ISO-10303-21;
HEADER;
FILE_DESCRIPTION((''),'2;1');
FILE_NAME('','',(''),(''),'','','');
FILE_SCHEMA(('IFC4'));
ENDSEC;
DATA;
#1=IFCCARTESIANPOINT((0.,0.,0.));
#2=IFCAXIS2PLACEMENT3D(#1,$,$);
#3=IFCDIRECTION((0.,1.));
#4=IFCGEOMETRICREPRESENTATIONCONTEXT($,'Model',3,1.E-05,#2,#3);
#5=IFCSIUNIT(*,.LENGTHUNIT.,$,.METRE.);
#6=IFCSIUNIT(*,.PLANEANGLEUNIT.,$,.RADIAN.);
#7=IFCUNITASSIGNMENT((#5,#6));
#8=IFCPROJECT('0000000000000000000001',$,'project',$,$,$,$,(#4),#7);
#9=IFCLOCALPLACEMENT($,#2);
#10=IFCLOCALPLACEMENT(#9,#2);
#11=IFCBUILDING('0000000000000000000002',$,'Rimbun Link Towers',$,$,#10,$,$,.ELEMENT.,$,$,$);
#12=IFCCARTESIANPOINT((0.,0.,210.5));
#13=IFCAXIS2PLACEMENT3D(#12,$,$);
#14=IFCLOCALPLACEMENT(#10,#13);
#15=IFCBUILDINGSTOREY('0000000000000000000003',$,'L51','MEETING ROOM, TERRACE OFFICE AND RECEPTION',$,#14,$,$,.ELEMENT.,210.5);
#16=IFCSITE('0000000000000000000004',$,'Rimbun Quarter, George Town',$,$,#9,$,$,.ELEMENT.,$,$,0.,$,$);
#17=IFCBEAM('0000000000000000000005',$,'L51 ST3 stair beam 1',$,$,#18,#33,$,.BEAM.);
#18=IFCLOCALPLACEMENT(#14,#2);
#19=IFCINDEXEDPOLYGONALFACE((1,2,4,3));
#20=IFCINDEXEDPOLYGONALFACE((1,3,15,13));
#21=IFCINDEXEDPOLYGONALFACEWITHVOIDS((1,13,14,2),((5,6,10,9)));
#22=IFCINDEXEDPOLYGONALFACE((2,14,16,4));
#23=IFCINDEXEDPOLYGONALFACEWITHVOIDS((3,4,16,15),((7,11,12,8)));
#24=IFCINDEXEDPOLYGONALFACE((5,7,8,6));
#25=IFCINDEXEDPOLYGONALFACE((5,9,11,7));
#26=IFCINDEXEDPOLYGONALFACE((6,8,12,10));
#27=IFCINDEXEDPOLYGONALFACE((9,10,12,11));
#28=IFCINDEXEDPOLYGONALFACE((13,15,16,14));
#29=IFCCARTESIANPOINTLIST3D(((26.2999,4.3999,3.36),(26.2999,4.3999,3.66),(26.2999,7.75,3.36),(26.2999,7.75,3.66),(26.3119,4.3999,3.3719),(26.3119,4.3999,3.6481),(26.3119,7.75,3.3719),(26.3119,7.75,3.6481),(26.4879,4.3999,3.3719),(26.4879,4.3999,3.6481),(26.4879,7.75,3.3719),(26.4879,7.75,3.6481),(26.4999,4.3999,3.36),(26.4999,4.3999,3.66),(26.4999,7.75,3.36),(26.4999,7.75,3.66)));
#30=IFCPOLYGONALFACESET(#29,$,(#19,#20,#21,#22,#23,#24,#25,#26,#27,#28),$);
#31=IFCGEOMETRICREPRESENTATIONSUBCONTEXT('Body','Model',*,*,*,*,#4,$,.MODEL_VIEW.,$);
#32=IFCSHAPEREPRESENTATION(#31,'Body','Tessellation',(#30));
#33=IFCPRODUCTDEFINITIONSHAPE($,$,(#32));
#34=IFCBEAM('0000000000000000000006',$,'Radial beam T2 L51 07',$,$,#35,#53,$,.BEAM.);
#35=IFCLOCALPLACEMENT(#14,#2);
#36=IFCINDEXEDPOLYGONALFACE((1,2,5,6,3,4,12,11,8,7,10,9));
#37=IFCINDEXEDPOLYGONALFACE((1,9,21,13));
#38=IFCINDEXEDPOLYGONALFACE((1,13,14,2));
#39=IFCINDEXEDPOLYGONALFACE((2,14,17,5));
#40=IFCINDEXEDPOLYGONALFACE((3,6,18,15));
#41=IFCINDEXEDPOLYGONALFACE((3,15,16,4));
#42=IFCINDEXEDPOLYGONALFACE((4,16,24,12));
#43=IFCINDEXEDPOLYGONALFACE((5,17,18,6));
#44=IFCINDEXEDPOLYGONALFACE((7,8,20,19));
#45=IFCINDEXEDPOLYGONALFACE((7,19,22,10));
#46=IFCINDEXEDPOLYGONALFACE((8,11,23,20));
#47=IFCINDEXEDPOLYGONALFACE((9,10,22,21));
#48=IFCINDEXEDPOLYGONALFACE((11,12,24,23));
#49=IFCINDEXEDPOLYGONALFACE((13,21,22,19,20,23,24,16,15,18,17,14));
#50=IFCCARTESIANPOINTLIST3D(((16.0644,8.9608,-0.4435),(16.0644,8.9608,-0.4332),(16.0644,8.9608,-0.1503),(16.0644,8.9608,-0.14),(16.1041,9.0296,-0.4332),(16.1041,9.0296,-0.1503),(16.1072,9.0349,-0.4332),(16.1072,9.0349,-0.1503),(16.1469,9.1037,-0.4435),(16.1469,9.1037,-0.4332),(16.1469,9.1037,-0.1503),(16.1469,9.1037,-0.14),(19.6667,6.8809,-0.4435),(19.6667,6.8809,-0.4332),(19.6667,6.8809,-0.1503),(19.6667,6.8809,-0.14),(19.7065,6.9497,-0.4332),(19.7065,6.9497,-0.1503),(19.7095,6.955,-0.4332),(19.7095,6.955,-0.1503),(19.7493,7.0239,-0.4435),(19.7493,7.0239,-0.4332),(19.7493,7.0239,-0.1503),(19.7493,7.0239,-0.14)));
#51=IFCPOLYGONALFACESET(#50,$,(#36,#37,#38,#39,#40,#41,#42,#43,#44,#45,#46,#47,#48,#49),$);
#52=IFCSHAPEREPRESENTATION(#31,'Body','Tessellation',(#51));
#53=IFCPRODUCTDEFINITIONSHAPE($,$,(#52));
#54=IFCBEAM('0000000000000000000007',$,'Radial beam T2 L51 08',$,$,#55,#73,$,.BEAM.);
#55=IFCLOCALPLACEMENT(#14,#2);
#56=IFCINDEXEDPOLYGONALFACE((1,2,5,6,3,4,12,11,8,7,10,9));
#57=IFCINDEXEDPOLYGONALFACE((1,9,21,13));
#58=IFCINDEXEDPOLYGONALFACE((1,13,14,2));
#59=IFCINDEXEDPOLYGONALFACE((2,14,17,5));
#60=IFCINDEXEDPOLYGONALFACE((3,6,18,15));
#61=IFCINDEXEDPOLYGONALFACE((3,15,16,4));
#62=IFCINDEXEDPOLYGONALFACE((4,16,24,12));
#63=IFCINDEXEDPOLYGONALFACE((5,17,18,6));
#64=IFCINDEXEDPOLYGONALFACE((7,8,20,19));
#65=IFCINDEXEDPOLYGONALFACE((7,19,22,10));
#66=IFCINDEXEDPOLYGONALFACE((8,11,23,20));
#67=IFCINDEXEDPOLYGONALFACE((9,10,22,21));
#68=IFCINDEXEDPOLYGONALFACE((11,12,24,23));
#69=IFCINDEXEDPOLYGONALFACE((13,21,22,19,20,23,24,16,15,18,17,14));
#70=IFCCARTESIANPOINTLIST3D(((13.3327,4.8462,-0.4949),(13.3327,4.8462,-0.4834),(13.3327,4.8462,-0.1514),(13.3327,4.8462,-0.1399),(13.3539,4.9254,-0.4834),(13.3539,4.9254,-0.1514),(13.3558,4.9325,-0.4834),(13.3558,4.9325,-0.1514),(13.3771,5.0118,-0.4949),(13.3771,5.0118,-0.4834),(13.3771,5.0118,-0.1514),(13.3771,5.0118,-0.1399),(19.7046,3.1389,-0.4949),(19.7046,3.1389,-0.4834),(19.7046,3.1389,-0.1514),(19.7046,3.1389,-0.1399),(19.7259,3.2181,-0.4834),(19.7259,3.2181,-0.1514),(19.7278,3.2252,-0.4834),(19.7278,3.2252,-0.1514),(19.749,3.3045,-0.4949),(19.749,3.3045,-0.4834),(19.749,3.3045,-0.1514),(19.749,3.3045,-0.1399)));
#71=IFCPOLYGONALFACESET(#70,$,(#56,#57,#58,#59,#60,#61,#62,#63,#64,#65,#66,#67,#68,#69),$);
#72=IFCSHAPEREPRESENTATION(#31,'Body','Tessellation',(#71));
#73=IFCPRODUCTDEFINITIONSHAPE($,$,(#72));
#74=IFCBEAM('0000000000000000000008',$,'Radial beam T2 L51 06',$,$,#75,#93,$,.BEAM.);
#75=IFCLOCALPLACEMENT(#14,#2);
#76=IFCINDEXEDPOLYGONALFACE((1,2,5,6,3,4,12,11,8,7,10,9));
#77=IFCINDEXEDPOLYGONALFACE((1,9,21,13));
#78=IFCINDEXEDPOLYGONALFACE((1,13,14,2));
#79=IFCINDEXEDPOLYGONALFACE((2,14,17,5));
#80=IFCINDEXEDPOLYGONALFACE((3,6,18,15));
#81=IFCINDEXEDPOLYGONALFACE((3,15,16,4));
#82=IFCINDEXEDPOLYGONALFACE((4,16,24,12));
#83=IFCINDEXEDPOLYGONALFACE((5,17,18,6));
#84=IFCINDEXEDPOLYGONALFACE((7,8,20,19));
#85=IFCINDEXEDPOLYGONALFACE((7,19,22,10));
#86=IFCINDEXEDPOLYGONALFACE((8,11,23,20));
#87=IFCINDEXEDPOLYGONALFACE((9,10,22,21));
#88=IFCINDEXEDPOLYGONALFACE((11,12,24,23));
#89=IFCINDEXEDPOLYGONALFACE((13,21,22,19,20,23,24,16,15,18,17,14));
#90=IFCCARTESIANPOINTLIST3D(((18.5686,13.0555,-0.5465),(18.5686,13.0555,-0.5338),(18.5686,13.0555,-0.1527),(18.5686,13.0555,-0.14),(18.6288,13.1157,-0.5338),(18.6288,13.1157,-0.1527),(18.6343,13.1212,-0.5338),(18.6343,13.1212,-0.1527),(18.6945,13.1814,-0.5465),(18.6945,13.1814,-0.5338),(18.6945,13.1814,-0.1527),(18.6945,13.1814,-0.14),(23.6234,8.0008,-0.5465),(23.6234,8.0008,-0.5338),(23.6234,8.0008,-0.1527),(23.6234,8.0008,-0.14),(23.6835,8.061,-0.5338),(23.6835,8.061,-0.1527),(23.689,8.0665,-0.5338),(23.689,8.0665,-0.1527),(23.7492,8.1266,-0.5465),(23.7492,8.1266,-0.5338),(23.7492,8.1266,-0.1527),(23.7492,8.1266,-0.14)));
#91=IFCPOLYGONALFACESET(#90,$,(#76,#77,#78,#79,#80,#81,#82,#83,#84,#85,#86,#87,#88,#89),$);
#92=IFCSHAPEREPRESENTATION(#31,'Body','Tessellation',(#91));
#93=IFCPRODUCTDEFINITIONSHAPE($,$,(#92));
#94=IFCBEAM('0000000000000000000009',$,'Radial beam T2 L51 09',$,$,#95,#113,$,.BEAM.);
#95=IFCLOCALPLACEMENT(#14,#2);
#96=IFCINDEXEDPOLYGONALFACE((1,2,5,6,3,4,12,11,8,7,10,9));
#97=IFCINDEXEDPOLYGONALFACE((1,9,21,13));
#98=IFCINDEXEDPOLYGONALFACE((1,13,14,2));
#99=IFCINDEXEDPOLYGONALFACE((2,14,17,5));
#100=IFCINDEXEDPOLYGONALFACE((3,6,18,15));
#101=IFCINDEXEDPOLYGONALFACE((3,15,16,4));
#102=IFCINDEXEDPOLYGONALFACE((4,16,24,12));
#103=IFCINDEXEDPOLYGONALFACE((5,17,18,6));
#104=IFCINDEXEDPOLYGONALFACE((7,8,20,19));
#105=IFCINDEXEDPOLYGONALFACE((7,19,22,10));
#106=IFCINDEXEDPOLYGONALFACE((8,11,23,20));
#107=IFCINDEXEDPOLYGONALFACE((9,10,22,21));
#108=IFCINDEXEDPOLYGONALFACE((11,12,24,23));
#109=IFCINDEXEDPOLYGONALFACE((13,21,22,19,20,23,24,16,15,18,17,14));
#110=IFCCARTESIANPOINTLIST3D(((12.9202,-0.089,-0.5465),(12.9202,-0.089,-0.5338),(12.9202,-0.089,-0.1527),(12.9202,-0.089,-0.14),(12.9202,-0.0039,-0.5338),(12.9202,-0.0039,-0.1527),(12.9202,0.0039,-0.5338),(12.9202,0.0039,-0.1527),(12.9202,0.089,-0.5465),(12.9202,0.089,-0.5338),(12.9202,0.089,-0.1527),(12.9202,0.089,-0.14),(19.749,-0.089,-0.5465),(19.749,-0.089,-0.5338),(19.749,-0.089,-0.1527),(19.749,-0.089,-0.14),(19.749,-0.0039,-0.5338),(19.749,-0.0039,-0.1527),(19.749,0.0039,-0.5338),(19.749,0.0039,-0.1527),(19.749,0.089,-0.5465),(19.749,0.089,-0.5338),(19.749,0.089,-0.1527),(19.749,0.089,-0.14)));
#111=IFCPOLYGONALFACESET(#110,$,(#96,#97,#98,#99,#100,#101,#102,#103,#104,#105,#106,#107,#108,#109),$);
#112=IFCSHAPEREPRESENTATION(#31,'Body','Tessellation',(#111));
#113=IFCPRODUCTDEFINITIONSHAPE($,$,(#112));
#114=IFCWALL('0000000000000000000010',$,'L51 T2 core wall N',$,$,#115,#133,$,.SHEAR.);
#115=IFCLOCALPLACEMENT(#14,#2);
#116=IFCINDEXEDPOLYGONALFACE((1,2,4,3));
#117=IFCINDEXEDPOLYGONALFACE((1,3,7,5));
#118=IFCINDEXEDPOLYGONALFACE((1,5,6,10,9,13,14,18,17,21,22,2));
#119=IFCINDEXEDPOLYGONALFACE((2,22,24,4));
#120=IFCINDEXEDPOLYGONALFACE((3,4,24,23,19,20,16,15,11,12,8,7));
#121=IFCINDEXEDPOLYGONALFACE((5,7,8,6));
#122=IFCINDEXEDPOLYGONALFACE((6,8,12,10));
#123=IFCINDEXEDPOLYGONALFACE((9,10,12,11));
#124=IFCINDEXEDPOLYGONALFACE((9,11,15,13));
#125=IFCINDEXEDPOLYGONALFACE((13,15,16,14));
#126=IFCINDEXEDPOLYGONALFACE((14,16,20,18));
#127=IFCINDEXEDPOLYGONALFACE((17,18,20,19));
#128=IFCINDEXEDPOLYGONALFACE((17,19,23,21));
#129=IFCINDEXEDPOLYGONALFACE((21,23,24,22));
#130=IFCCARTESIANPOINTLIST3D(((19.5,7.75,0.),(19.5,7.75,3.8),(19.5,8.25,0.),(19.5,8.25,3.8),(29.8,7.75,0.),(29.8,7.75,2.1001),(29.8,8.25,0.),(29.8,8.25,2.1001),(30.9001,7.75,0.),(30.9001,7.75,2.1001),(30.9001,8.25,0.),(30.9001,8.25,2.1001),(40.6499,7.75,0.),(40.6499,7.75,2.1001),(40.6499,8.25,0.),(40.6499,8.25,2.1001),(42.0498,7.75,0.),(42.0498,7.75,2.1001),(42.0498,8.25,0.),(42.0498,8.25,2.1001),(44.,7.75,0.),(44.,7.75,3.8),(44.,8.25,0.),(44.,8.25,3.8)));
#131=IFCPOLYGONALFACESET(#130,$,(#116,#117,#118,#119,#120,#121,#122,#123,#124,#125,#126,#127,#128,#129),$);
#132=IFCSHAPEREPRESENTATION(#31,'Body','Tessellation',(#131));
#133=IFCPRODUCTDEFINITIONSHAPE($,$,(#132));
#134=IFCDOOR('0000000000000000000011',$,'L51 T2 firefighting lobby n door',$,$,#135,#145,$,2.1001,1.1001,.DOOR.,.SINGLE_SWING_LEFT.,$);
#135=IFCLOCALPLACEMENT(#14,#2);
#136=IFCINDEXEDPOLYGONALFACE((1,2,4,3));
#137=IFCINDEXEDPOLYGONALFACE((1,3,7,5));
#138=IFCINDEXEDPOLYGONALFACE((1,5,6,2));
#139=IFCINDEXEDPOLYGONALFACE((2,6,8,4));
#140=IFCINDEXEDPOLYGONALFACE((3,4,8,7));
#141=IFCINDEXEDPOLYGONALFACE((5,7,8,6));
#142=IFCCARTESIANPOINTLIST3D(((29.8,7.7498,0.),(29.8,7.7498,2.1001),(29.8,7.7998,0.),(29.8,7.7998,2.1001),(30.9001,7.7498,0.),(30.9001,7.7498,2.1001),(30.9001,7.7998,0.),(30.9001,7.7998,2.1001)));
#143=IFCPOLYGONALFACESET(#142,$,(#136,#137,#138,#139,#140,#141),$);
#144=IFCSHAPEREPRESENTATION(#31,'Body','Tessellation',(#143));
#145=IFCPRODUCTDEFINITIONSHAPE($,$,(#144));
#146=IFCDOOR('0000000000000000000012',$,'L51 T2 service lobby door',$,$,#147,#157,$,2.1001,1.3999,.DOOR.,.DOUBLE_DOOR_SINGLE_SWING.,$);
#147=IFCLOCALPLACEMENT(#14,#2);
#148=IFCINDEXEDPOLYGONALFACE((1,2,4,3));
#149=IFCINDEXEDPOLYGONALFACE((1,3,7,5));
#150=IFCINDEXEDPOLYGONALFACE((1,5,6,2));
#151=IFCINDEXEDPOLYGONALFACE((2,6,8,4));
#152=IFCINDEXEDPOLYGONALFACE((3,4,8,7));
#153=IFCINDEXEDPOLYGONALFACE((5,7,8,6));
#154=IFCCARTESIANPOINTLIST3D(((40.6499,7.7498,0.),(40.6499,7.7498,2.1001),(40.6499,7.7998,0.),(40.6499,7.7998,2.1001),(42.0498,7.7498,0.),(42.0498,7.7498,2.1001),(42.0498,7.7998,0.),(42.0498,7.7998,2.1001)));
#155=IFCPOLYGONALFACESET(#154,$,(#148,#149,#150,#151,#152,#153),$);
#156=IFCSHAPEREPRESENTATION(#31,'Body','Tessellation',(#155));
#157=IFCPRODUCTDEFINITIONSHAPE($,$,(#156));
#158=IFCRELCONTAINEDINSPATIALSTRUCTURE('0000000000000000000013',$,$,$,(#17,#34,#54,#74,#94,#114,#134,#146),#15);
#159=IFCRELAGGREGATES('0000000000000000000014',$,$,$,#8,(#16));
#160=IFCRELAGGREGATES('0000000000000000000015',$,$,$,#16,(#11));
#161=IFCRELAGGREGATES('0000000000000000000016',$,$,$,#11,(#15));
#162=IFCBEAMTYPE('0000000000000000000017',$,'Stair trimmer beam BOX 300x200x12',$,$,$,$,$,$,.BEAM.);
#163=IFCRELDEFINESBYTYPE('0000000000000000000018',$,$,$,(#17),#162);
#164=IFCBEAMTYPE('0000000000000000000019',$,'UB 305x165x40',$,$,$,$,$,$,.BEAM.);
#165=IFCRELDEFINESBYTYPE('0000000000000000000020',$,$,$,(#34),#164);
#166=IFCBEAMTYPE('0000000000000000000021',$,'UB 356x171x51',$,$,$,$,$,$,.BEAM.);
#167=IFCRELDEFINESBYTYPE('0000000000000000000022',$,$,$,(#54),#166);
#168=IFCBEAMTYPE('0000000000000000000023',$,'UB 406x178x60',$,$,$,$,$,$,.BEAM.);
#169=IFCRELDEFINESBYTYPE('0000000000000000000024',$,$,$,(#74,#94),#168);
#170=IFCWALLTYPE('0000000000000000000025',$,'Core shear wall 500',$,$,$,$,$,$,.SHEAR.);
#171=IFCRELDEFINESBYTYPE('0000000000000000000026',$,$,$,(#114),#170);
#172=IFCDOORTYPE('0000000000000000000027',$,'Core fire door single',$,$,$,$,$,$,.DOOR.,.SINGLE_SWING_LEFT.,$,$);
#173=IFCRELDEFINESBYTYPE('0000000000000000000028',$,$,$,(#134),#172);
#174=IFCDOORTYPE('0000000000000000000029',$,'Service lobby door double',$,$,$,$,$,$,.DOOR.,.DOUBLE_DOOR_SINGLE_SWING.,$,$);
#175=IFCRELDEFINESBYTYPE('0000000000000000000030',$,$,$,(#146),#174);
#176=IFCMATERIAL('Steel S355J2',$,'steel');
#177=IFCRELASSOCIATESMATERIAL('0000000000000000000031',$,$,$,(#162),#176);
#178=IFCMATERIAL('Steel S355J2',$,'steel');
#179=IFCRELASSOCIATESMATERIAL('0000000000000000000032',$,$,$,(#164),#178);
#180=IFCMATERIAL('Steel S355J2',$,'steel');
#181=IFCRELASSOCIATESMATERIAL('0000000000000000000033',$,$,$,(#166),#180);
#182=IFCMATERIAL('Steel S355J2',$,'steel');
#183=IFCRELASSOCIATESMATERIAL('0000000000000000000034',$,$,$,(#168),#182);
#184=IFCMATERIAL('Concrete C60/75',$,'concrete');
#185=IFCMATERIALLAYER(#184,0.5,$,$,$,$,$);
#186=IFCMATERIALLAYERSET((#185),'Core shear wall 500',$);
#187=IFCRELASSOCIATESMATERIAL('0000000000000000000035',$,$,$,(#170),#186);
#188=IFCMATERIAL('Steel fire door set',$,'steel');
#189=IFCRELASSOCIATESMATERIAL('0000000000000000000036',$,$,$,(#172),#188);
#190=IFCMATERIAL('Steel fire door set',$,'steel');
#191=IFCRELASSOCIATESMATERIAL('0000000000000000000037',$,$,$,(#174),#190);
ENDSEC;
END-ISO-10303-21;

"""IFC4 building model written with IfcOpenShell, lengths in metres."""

from ifc_helpers import new_model, si_unit, direction, frame, frame_2d, origin, origin_2d, place, context, subcontext, project, spatial, rectangle, hollow_rectangle, i_section, extrude, material, layer, layer_set, material_profile, profile_set, type_object, element, fill, save


model = new_model("IFC4")

# Units and contexts
model_context = context("Model", 3, precision=1e-05, world=origin(), true_north=direction((0.0, 1.0)))
body_context = subcontext(model_context, "Body", "Model", "MODEL_VIEW")
ifc_project = project(units=[si_unit("LENGTHUNIT", "METRE"), si_unit("PLANEANGLEUNIT", "RADIAN")], contexts=[model_context])

# Site, building, storey
site_placement = place(None, origin())
site = spatial("IfcSite", under=ifc_project, at=site_placement, Name="Rimbun Quarter, George Town", CompositionType="ELEMENT", RefElevation=0.0)
building_placement = place(site_placement, origin())
building = spatial("IfcBuilding", under=site, at=building_placement, Name="Rimbun Link Towers", CompositionType="ELEMENT")
storey_placement = place(building_placement, frame((0.0, 0.0, 210.5)))
storey = spatial("IfcBuildingStorey", under=building, at=storey_placement, Name="L51", Description="MEETING ROOM, TERRACE OFFICE AND RECEPTION", CompositionType="ELEMENT", Elevation=210.5)

# Beams
ifc_material_1 = material(Name="Steel S355J2", Category="steel")
ifc_material_profile_1 = material_profile(ifc_material_1, hollow_rectangle(XDim=0.2, YDim=0.3, WallThickness=0.012, at=origin_2d()), Name="BOX 300x200x12")
ifc_profile_set_1 = profile_set([ifc_material_profile_1], Name="Steel S355J2")
beam_type_1 = type_object("IfcBeamType", Name="Stair trimmer beam BOX 300x200x12", PredefinedType="BEAM", material=ifc_profile_set_1)
beam_1_placement = place(storey_placement, frame((26.3999, 7.75, 3.51), z_axis=(0.0, -1.0, 0.0), x_axis=(1.0, 0.0, 0.0)))
element("IfcBeam", 1, at=beam_1_placement, inside=storey, type_object=beam_type_1, Name="L51 ST3 stair beam 1", PredefinedType="BEAM", context=body_context, shape_type="SweptSolid", body=[
    extrude(hollow_rectangle(XDim=0.2, YDim=0.3, WallThickness=0.012, at=origin_2d()), origin(), (0.0, 0.0, 1.0), 3.3501),
])
ifc_material_2 = material(Name="Steel S355J2", Category="steel")
ifc_material_profile_2 = material_profile(ifc_material_2, i_section(OverallWidth=0.165, OverallDepth=0.3035, WebThickness=0.0061, FlangeThickness=0.0103, at=origin_2d()), Name="UB 305x165x40")
ifc_profile_set_2 = profile_set([ifc_material_profile_2], Name="Steel S355J2")
beam_type_2 = type_object("IfcBeamType", Name="UB 305x165x40", PredefinedType="BEAM", material=ifc_profile_set_2)
beam_2_placement = place(storey_placement, frame((19.708, 6.9524, -0.2917), z_axis=(-0.86602, 0.500009, 0.0), x_axis=(-0.500009, -0.86602, 0.0)))
element("IfcBeam", 2, at=beam_2_placement, inside=storey, type_object=beam_type_2, Name="Radial beam T2 L51 07", PredefinedType="BEAM", context=body_context, shape_type="SweptSolid", body=[
    extrude(i_section(OverallWidth=0.165, OverallDepth=0.3035, WebThickness=0.0061, FlangeThickness=0.0103, at=origin_2d()), origin(), (0.0, 0.0, 1.0), 4.1597),
])
ifc_material_3 = material(Name="Steel S355J2", Category="steel")
ifc_material_profile_3 = material_profile(ifc_material_3, i_section(OverallWidth=0.1714, OverallDepth=0.355, WebThickness=0.0073, FlangeThickness=0.0115, at=origin_2d()), Name="UB 356x171x51")
ifc_profile_set_3 = profile_set([ifc_material_profile_3], Name="Steel S355J2")
beam_type_3 = type_object("IfcBeamType", Name="UB 356x171x51", PredefinedType="BEAM", material=ifc_profile_set_3)
beam_3_placement = place(storey_placement, frame((19.7268, 3.2217, -0.3174), z_axis=(-0.965928, 0.258812, 0.0), x_axis=(-0.258812, -0.965928, 0.0)))
element("IfcBeam", 3, at=beam_3_placement, inside=storey, type_object=beam_type_3, Name="Radial beam T2 L51 08", PredefinedType="BEAM", context=body_context, shape_type="SweptSolid", body=[
    extrude(i_section(OverallWidth=0.1714, OverallDepth=0.355, WebThickness=0.0073, FlangeThickness=0.0115, at=origin_2d()), origin(), (0.0, 0.0, 1.0), 6.5967),
])
ifc_material_4 = material(Name="Steel S355J2", Category="steel")
ifc_material_profile_4 = material_profile(ifc_material_4, i_section(OverallWidth=0.178, OverallDepth=0.4065, WebThickness=0.0078, FlangeThickness=0.0127, at=origin_2d()), Name="UB 406x178x60")
ifc_profile_set_4 = profile_set([ifc_material_profile_4], Name="Steel S355J2")
beam_type_4 = type_object("IfcBeamType", Name="UB 406x178x60", PredefinedType="BEAM", material=ifc_profile_set_4)
beam_4_placement = place(storey_placement, frame((23.6863, 8.0637, -0.3433), z_axis=(-0.707107, 0.707107, 0.0), x_axis=(-0.707107, -0.707107, 0.0)))
element("IfcBeam", 4, at=beam_4_placement, inside=storey, type_object=beam_type_4, Name="Radial beam T2 L51 06", PredefinedType="BEAM", context=body_context, shape_type="SweptSolid", body=[
    extrude(i_section(OverallWidth=0.178, OverallDepth=0.4065, WebThickness=0.0078, FlangeThickness=0.0127, at=origin_2d()), origin(), (0.0, 0.0, 1.0), 7.1484),
])
beam_5_placement = place(storey_placement, frame((19.749, 0.0, -0.3433), z_axis=(-1.0, 0.0, 0.0), x_axis=(0.0, -1.0, 0.0)))
element("IfcBeam", 5, at=beam_5_placement, inside=storey, type_object=beam_type_4, Name="Radial beam T2 L51 09", PredefinedType="BEAM", context=body_context, shape_type="SweptSolid", body=[
    extrude(i_section(OverallWidth=0.178, OverallDepth=0.4065, WebThickness=0.0078, FlangeThickness=0.0127, at=origin_2d()), origin(), (0.0, 0.0, 1.0), 6.8289),
])

# Wall, openings, doors
ifc_material_5 = material(Name="Concrete C60/75", Category="concrete")
ifc_layer_1 = layer(ifc_material_5, 0.5)
ifc_layer_set_1 = layer_set([ifc_layer_1], Name="Core shear wall 500")
wall_type_1 = type_object("IfcWallType", Name="Core shear wall 500", PredefinedType="SHEAR", material=ifc_layer_set_1)
wall_1_placement = place(storey_placement, frame((19.5, 8.0, 0.0), z_axis=(0.0, 0.0, 1.0), x_axis=(1.0, 0.0, 0.0)))
wall_1 = element("IfcWall", 6, at=wall_1_placement, inside=storey, type_object=wall_type_1, Name="L51 T2 core wall N", PredefinedType="SHEAR", context=body_context, shape_type="SweptSolid", body=[
    extrude(rectangle(XDim=24.5, YDim=0.5, at=frame_2d((12.25, 0.0))), origin(), (0.0, 0.0, 1.0), 3.8),
])
opening_1_placement = place(wall_1_placement, frame((10.3, 0.0, 0.0)))
opening_1 = element("IfcOpeningElement", 7, at=opening_1_placement, cuts=wall_1, PredefinedType="OPENING", context=body_context, shape_type="SweptSolid", body=[
    extrude(rectangle(XDim=1.1001, YDim=2.1001, at=frame_2d((0.55, 1.05))), frame((0.0, 0.26, 0.0), z_axis=(0.0, -1.0, 0.0), x_axis=(1.0, 0.0, 0.0)), (0.0, 0.0, 1.0), 0.52),
])
opening_2_placement = place(wall_1_placement, frame((21.1499, 0.0, 0.0)))
opening_2 = element("IfcOpeningElement", 8, at=opening_2_placement, cuts=wall_1, PredefinedType="OPENING", context=body_context, shape_type="SweptSolid", body=[
    extrude(rectangle(XDim=1.3999, YDim=2.1001, at=frame_2d((0.7, 1.05))), frame((0.0, 0.26, 0.0), z_axis=(0.0, -1.0, 0.0), x_axis=(1.0, 0.0, 0.0)), (0.0, 0.0, 1.0), 0.52),
])
ifc_material_6 = material(Name="Steel fire door set", Category="steel")
door_type_1 = type_object("IfcDoorType", Name="Core fire door single", OperationType="SINGLE_SWING_LEFT", PredefinedType="DOOR", material=ifc_material_6)
door_1_placement = place(opening_1_placement, origin())
door_1 = element("IfcDoor", 9, at=door_1_placement, inside=storey, type_object=door_type_1, Name="L51 T2 firefighting lobby n door", OperationType="SINGLE_SWING_LEFT", OverallHeight=2.1001, OverallWidth=1.1001, PredefinedType="DOOR", context=body_context, shape_type="SweptSolid", body=[
    extrude(rectangle(XDim=1.1001, YDim=2.1001, at=frame_2d((0.55, 1.05))), frame((0.0, -0.2002, 0.0), z_axis=(0.0, -1.0, 0.0), x_axis=(1.0, 0.0, 0.0)), (0.0, 0.0, 1.0), 0.05),
])
fill(opening_1, door_1)
ifc_material_7 = material(Name="Steel fire door set", Category="steel")
door_type_2 = type_object("IfcDoorType", Name="Service lobby door double", OperationType="DOUBLE_DOOR_SINGLE_SWING", PredefinedType="DOOR", material=ifc_material_7)
door_2_placement = place(opening_2_placement, origin())
door_2 = element("IfcDoor", 10, at=door_2_placement, inside=storey, type_object=door_type_2, Name="L51 T2 service lobby door", OperationType="DOUBLE_DOOR_SINGLE_SWING", OverallHeight=2.1001, OverallWidth=1.3999, PredefinedType="DOOR", context=body_context, shape_type="SweptSolid", body=[
    extrude(rectangle(XDim=1.3999, YDim=2.1001, at=frame_2d((0.7, 1.05))), frame((0.0, -0.2002, 0.0), z_axis=(0.0, -1.0, 0.0), x_axis=(1.0, 0.0, 0.0)), (0.0, 0.0, 1.0), 0.05),
])
fill(opening_2, door_2)

save(model, "model.ifc")
